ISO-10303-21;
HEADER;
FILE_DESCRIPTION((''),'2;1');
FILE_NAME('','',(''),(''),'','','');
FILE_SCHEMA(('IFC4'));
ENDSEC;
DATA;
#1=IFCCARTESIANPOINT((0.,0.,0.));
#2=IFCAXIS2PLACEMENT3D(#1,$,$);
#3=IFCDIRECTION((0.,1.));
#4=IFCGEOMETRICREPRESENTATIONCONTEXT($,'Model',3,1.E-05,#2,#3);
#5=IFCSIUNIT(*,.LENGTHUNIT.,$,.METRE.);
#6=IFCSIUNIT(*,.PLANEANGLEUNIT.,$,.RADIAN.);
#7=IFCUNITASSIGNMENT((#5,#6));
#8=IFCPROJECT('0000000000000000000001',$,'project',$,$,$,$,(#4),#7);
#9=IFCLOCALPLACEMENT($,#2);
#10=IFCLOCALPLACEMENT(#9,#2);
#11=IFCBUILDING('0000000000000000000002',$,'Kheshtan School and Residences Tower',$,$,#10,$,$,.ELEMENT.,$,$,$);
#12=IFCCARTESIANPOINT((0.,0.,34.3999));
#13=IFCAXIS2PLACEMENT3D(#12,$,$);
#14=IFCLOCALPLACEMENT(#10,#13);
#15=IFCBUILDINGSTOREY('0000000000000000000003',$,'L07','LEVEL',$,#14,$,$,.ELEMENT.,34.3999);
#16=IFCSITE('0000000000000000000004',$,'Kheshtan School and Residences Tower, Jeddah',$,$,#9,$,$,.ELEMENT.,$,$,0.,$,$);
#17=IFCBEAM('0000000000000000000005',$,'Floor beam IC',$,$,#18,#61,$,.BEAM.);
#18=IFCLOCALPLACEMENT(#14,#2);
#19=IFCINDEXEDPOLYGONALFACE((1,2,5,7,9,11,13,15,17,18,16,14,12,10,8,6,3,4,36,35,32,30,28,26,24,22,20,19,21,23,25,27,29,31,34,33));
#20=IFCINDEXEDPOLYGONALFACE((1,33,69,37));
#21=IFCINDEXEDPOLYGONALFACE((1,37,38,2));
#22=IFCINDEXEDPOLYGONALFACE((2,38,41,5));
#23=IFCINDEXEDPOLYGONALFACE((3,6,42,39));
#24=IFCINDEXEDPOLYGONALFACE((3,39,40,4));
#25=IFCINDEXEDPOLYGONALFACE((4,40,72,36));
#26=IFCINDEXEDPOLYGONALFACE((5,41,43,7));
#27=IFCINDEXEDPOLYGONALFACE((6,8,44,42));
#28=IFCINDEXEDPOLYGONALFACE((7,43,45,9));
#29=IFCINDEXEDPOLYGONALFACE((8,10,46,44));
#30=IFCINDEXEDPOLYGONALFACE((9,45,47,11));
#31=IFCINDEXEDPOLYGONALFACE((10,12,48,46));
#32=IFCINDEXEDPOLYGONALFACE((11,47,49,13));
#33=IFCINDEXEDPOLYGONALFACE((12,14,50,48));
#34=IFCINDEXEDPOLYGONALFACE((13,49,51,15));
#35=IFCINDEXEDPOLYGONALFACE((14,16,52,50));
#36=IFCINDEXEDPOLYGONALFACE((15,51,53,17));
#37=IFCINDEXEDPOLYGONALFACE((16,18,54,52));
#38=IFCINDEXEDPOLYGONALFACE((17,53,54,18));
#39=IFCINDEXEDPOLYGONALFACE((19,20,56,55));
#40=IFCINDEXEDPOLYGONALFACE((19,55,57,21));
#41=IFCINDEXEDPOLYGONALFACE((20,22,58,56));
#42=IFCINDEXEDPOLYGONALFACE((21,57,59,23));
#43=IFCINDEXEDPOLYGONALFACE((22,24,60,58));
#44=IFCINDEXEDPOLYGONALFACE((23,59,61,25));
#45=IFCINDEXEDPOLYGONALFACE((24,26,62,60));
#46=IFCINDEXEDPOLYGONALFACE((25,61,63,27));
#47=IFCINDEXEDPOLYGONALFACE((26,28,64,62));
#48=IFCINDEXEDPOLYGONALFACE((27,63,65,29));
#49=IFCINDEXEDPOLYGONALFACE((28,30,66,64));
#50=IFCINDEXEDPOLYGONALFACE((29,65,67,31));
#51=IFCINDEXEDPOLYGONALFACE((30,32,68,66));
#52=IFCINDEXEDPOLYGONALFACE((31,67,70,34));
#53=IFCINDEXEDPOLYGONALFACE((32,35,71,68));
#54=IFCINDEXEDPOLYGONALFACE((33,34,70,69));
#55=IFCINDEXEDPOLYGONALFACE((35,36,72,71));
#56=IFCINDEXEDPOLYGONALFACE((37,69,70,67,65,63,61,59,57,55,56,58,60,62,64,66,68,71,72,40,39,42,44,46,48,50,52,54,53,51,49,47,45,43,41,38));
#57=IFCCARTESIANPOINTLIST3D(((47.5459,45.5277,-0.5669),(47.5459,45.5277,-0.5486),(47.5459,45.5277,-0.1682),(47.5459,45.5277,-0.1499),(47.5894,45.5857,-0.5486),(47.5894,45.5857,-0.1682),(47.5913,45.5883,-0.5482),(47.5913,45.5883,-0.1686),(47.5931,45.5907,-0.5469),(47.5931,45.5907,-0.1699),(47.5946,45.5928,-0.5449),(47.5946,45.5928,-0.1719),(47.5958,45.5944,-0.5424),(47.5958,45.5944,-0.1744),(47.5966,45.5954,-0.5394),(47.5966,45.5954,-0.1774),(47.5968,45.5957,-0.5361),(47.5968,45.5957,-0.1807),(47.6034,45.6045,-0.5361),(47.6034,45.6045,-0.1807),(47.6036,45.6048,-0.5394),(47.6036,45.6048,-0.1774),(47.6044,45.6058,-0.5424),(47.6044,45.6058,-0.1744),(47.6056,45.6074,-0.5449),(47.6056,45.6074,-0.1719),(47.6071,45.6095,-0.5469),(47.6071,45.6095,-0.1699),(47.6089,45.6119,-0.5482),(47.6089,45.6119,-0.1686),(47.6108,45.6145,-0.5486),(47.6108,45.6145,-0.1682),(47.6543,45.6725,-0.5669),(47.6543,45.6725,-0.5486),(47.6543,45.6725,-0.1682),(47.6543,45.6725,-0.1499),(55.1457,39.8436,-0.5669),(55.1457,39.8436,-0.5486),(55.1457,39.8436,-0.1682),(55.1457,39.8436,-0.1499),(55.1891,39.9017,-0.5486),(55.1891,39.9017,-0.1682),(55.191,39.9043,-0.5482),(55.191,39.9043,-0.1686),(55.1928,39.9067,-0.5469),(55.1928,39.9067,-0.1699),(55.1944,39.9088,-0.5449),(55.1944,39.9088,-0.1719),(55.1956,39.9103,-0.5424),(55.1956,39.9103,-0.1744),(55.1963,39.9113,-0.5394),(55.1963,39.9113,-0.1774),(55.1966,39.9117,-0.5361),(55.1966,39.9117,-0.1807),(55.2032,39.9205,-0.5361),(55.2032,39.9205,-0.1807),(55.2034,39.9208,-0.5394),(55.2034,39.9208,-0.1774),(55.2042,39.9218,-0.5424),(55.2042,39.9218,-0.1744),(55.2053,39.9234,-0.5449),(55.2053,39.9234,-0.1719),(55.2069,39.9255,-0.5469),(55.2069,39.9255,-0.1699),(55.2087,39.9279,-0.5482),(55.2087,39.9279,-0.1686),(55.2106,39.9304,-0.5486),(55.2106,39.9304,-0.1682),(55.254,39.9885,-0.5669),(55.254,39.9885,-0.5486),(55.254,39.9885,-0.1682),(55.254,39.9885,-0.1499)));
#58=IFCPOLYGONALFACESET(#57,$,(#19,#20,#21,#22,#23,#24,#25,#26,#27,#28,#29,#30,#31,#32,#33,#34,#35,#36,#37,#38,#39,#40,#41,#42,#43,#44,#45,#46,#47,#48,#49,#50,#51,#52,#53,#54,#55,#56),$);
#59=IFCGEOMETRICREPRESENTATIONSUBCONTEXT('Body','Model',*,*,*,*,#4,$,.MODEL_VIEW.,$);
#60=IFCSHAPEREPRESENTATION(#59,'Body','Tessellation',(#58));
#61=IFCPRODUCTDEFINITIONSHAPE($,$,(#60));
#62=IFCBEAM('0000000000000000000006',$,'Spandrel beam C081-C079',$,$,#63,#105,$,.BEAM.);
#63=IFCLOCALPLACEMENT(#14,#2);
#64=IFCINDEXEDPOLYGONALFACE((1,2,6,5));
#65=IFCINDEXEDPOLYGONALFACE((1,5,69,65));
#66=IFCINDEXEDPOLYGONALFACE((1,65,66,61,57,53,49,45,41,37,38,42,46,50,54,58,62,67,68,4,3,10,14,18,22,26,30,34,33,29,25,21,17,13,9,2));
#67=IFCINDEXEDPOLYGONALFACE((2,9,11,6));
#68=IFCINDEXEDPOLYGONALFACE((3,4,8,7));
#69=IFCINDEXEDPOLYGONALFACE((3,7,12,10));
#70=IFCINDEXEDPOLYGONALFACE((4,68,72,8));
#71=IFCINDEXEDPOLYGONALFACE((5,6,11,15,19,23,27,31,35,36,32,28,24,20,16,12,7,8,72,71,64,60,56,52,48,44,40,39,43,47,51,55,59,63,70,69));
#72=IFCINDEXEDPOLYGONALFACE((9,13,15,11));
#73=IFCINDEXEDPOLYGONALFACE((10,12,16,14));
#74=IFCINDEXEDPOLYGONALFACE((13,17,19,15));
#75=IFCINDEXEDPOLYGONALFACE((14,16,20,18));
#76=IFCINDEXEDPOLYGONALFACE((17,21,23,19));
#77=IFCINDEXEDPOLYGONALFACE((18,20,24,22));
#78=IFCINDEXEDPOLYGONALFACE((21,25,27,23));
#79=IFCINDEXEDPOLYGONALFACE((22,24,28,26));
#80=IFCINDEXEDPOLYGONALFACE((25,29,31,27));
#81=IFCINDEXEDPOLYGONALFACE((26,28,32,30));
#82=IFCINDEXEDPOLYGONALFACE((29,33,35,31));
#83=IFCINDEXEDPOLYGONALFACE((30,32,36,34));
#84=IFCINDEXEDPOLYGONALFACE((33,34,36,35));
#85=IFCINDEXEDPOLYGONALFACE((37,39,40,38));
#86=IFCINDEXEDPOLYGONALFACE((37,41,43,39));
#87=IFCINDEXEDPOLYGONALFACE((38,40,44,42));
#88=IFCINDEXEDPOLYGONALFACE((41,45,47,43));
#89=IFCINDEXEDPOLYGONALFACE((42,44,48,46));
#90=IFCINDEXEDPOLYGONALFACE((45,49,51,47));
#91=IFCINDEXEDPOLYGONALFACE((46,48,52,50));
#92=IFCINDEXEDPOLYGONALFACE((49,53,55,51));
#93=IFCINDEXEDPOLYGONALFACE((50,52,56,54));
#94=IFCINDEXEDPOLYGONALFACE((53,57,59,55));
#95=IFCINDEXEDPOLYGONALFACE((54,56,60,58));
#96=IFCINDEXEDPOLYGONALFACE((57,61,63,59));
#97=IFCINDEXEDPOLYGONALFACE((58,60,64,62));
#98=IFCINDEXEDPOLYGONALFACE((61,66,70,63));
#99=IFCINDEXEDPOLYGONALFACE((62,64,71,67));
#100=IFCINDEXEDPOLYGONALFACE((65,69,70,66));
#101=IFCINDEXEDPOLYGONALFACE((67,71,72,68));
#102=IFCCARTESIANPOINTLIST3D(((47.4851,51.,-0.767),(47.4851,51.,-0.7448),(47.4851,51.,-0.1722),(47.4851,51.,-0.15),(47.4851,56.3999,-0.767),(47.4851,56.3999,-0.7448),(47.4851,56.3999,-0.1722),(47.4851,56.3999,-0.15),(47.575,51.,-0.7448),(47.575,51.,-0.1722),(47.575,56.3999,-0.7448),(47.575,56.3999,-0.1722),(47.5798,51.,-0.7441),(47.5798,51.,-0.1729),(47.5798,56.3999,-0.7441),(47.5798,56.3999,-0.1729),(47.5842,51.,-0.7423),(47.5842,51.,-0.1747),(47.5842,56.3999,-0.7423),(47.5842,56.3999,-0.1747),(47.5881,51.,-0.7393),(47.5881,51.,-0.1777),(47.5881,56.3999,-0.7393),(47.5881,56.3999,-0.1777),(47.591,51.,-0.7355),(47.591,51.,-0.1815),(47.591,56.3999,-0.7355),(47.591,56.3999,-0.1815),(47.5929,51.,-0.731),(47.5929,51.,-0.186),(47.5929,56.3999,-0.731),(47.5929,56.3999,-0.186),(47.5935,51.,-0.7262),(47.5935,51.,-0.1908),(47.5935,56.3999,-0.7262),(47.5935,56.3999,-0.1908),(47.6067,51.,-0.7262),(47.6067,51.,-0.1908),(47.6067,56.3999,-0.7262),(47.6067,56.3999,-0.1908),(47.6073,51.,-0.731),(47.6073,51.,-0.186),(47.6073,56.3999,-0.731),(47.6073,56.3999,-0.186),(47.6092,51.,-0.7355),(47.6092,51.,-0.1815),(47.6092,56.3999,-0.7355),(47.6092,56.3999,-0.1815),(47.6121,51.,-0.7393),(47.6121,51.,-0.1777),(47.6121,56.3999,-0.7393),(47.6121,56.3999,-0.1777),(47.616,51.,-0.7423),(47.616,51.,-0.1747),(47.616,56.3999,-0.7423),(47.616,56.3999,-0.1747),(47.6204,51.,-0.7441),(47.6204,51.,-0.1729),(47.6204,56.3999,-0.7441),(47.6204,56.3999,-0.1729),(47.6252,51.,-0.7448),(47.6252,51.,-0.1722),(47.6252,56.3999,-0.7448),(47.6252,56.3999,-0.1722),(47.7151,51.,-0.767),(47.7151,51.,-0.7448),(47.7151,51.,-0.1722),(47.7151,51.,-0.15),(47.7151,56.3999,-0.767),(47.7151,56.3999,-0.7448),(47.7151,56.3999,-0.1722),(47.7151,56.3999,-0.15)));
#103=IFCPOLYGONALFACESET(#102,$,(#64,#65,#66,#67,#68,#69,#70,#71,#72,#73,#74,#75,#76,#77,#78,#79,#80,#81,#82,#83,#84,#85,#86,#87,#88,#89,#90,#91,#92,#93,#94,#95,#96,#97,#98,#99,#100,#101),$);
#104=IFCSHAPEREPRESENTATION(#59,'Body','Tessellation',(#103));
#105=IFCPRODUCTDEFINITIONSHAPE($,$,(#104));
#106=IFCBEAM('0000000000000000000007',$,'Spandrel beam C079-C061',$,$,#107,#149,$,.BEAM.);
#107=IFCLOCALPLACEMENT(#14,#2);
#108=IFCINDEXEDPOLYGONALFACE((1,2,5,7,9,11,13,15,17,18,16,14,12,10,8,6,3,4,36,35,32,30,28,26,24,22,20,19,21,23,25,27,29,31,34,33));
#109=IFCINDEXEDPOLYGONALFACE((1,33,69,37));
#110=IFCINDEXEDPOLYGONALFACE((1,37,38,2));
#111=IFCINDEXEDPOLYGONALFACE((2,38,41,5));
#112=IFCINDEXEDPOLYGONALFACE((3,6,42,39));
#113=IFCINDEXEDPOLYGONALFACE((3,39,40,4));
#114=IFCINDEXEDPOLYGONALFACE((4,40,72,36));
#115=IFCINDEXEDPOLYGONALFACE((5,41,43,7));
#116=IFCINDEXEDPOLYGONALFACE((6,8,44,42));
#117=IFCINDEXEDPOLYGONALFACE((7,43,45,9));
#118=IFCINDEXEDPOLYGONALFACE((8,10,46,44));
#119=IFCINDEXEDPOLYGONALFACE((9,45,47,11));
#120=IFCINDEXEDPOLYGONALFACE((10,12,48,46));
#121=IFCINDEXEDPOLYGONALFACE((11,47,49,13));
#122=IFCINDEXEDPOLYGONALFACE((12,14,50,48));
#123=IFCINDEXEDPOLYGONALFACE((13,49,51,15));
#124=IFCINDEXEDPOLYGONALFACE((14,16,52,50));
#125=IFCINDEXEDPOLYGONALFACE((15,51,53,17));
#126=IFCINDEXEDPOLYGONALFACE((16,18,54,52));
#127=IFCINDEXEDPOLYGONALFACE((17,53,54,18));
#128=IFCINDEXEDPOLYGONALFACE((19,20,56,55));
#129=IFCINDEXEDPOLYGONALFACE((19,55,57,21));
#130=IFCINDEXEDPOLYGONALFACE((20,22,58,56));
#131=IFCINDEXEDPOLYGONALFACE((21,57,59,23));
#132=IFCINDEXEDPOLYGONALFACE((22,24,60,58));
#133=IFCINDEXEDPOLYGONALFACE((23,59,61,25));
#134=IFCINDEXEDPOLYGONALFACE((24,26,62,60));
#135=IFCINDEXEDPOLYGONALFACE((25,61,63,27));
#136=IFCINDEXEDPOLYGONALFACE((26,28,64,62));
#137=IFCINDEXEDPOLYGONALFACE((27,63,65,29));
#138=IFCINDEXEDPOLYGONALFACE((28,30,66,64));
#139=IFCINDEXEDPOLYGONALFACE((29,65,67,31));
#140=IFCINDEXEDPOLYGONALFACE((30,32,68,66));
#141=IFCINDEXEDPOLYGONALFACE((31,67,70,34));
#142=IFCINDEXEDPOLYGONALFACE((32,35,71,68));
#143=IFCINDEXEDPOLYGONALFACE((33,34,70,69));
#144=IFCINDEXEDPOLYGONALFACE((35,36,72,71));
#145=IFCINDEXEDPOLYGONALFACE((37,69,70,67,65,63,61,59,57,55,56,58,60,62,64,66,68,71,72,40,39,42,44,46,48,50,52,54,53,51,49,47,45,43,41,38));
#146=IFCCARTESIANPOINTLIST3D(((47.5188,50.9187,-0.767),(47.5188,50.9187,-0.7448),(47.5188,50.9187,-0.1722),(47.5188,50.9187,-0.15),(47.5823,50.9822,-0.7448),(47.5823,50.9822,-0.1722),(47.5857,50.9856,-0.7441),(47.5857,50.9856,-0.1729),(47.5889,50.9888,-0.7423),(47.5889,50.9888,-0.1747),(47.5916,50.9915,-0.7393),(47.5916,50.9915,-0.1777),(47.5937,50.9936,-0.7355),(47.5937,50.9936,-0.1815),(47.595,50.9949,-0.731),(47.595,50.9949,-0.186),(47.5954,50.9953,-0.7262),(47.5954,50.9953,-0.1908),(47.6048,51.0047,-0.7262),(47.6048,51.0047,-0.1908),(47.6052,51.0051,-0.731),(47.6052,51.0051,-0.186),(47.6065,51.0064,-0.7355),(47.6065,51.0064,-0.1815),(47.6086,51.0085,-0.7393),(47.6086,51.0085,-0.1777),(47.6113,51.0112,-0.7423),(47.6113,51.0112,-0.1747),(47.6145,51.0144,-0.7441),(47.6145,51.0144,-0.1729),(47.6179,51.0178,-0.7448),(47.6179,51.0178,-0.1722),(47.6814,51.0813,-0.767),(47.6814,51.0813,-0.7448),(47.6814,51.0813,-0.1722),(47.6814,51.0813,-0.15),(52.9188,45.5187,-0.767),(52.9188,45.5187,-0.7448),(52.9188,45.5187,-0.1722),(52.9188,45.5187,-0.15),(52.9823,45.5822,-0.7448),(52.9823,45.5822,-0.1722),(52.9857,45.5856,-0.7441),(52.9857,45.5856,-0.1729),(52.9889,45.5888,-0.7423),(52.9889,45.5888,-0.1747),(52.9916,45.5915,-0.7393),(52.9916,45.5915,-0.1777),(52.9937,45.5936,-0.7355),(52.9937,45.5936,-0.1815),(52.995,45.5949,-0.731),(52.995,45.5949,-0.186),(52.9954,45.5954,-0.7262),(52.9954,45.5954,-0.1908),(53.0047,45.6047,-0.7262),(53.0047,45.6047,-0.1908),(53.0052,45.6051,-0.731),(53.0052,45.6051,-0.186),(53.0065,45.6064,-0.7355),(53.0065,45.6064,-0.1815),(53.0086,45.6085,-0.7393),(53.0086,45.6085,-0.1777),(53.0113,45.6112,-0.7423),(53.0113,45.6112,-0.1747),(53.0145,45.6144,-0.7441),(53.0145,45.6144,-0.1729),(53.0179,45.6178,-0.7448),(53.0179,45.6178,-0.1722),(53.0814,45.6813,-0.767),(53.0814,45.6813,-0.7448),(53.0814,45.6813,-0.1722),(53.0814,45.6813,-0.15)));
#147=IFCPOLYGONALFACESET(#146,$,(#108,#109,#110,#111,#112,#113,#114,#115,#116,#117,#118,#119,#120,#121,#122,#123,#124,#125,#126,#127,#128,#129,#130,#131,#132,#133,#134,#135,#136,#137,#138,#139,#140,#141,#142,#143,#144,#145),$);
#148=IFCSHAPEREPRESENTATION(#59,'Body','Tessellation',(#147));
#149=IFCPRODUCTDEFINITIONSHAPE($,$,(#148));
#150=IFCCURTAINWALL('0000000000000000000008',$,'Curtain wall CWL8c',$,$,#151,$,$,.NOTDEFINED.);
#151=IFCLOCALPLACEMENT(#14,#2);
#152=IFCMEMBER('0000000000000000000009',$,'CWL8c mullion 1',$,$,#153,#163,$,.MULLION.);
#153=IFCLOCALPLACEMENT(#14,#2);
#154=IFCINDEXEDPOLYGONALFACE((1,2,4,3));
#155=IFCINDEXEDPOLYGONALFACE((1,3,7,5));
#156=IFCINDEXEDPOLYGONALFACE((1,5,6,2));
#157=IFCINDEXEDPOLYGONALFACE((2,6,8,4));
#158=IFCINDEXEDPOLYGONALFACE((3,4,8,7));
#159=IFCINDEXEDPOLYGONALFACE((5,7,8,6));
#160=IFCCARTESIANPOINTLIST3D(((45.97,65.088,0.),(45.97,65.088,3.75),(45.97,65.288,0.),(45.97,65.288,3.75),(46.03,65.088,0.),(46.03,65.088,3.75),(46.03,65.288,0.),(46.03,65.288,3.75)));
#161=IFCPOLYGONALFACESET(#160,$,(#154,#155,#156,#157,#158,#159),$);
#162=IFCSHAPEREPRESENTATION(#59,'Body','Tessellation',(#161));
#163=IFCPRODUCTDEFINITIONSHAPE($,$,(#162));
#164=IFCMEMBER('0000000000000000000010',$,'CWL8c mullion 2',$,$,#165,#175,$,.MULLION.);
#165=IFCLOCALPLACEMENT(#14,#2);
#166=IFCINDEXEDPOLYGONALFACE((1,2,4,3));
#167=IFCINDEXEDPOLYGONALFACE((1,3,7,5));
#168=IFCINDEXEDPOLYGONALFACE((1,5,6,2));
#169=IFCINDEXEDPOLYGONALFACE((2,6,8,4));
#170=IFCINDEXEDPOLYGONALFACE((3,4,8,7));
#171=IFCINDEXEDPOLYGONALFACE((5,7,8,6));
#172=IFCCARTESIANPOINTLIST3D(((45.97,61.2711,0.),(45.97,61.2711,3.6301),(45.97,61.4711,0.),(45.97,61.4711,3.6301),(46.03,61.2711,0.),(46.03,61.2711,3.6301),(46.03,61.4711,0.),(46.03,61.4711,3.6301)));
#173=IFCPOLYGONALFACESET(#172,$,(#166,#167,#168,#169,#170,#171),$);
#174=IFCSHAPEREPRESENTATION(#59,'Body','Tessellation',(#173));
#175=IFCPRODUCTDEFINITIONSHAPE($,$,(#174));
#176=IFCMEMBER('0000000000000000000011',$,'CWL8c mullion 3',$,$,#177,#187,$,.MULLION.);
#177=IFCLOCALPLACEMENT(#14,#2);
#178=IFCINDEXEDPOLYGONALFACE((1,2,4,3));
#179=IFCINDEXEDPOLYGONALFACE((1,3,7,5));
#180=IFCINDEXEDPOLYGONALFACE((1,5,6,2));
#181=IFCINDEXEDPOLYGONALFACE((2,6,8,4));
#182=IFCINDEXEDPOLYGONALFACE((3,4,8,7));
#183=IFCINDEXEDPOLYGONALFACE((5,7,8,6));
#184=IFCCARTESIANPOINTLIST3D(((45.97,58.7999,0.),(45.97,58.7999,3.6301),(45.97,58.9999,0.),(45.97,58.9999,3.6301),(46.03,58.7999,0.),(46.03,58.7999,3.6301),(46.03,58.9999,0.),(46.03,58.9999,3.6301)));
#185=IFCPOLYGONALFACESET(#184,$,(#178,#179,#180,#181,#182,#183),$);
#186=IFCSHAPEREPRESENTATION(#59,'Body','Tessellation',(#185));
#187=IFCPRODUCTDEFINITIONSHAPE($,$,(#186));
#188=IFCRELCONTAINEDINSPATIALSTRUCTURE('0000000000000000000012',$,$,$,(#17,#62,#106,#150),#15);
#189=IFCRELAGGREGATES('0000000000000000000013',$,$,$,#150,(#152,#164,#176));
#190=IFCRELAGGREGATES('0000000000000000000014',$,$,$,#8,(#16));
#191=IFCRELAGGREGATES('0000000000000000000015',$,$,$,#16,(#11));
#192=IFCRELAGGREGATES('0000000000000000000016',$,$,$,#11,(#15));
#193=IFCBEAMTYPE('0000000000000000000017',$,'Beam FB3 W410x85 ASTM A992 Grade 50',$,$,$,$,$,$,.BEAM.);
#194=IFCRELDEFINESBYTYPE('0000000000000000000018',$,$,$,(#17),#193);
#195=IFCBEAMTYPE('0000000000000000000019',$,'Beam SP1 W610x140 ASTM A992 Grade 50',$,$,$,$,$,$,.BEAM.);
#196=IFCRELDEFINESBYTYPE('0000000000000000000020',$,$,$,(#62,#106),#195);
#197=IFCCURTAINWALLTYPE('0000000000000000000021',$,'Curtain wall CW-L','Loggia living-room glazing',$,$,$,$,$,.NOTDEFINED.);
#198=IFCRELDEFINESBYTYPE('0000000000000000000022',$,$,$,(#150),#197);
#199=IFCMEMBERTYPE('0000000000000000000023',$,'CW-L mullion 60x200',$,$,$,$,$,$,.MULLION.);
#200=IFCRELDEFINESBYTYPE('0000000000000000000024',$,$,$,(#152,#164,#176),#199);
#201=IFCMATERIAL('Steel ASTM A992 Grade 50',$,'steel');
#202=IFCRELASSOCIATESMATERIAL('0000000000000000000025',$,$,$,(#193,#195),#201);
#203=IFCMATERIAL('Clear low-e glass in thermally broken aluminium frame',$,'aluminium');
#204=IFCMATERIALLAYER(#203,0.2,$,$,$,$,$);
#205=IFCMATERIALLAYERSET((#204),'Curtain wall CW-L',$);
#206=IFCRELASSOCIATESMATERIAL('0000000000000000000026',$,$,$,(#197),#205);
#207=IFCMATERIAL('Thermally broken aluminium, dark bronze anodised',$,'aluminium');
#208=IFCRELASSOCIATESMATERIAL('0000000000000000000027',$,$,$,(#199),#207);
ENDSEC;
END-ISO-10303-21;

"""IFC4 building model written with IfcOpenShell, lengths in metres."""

from ifc_helpers import new_model, si_unit, direction, frame, origin, origin_2d, place, context, subcontext, project, spatial, rectangle, i_section, extrude, material, layer, layer_set, material_profile, profile_set, type_object, element, aggregate, save


model = new_model("IFC4")

# Units and contexts
model_context = context("Model", 3, precision=1e-05, world=origin(), true_north=direction((0.0, 1.0)))
body_context = subcontext(model_context, "Body", "Model", "MODEL_VIEW")
ifc_project = project(units=[si_unit("LENGTHUNIT", "METRE"), si_unit("PLANEANGLEUNIT", "RADIAN")], contexts=[model_context])

# Site, building, storey
site_placement = place(None, origin())
site = spatial("IfcSite", under=ifc_project, at=site_placement, Name="Kheshtan School and Residences Tower, Jeddah", CompositionType="ELEMENT", RefElevation=0.0)
building_placement = place(site_placement, origin())
building = spatial("IfcBuilding", under=site, at=building_placement, Name="Kheshtan School and Residences Tower", CompositionType="ELEMENT")
storey_placement = place(building_placement, frame((0.0, 0.0, 34.3999)))
storey = spatial("IfcBuildingStorey", under=building, at=storey_placement, Name="L07", Description="LEVEL", CompositionType="ELEMENT", Elevation=34.3999)

# Shared definitions
ifc_material_1 = material(Name="Steel ASTM A992 Grade 50", Category="steel")

# Beams
ifc_material_profile_1 = material_profile(ifc_material_1, i_section(OverallWidth=0.1809, OverallDepth=0.417, WebThickness=0.011, FlangeThickness=0.0183, FilletRadius=0.0125, at=origin_2d()), Name="W410x85")
ifc_profile_set_1 = profile_set([ifc_material_profile_1], Name="Steel ASTM A992 Grade 50")
beam_type_1 = type_object("IfcBeamType", Name="Beam FB3 W410x85 ASTM A992 Grade 50", PredefinedType="BEAM", material=ifc_profile_set_1)
beam_1_placement = place(storey_placement, frame((47.6001, 45.6001, -0.3584), z_axis=(0.800799, -0.598933, 0.0), x_axis=(0.598933, 0.800799, 0.0)))
element("IfcBeam", 1, at=beam_1_placement, inside=storey, type_object=beam_type_1, Name="Floor beam IC", PredefinedType="BEAM", context=body_context, shape_type="SweptSolid", body=[
    extrude(i_section(OverallWidth=0.1809, OverallDepth=0.417, WebThickness=0.011, FlangeThickness=0.0183, FilletRadius=0.0125, at=origin_2d()), origin(), (0.0, 0.0, 1.0), 9.4902),
])
ifc_material_profile_2 = material_profile(ifc_material_1, i_section(OverallWidth=0.23, OverallDepth=0.6169, WebThickness=0.0132, FlangeThickness=0.0222, FilletRadius=0.0186, at=origin_2d()), Name="W610x140")
ifc_profile_set_2 = profile_set([ifc_material_profile_2], Name="Steel ASTM A992 Grade 50")
beam_type_2 = type_object("IfcBeamType", Name="Beam SP1 W610x140 ASTM A992 Grade 50", PredefinedType="BEAM", material=ifc_profile_set_2)
beam_2_placement = place(storey_placement, frame((47.6001, 56.3999, -0.4585), z_axis=(0.0, -1.0, 0.0), x_axis=(1.0, 0.0, 0.0)))
element("IfcBeam", 2, at=beam_2_placement, inside=storey, type_object=beam_type_2, Name="Spandrel beam C081-C079", PredefinedType="BEAM", context=body_context, shape_type="SweptSolid", body=[
    extrude(i_section(OverallWidth=0.23, OverallDepth=0.6169, WebThickness=0.0132, FlangeThickness=0.0222, FilletRadius=0.0186, at=origin_2d()), origin(), (0.0, 0.0, 1.0), 5.3999),
])
beam_3_placement = place(storey_placement, frame((47.6001, 51.0, -0.4585), z_axis=(0.707107, -0.707107, 0.0), x_axis=(0.707107, 0.707107, 0.0)))
element("IfcBeam", 3, at=beam_3_placement, inside=storey, type_object=beam_type_2, Name="Spandrel beam C079-C061", PredefinedType="BEAM", context=body_context, shape_type="SweptSolid", body=[
    extrude(i_section(OverallWidth=0.23, OverallDepth=0.6169, WebThickness=0.0132, FlangeThickness=0.0222, FilletRadius=0.0186, at=origin_2d()), origin(), (0.0, 0.0, 1.0), 7.6367),
])

# Curtain wall, members
ifc_material_2 = material(Name="Clear low-e glass in thermally broken aluminium frame", Category="aluminium")
ifc_layer_1 = layer(ifc_material_2, 0.2)
ifc_layer_set_1 = layer_set([ifc_layer_1], Name="Curtain wall CW-L")
curtain_wall_type = type_object("IfcCurtainWallType", Name="Curtain wall CW-L", Description="Loggia living-room glazing", PredefinedType="NOTDEFINED", material=ifc_layer_set_1)
curtain_wall_1_placement = place(storey_placement, origin())
curtain_wall_1 = element("IfcCurtainWall", 4, at=curtain_wall_1_placement, inside=storey, type_object=curtain_wall_type, Name="Curtain wall CWL8c", PredefinedType="NOTDEFINED")
ifc_material_3 = material(Name="Thermally broken aluminium, dark bronze anodised", Category="aluminium")
ifc_material_profile_3 = material_profile(ifc_material_3, rectangle(XDim=0.0601, YDim=0.2, at=origin_2d()), Name="CW-L mullion 60x200")
ifc_profile_set_3 = profile_set([ifc_material_profile_3], Name="Thermally broken aluminium, dark bronze anodised")
member_type_1 = type_object("IfcMemberType", Name="CW-L mullion 60x200", PredefinedType="MULLION", material=ifc_profile_set_3)
member_1_placement = place(storey_placement, frame((46.0, 65.188, 0.0), z_axis=(0.0, 0.0, 1.0), x_axis=(1.0, 0.0, 0.0)))
member_1 = element("IfcMember", 5, at=member_1_placement, type_object=member_type_1, Name="CWL8c mullion 1", PredefinedType="MULLION", context=body_context, shape_type="SweptSolid", body=[
    extrude(rectangle(XDim=0.0601, YDim=0.2, at=origin_2d()), origin(), (0.0, 0.0, 1.0), 3.75),
])
member_2_placement = place(storey_placement, frame((46.0, 61.3711, 0.0), z_axis=(0.0, 0.0, 1.0), x_axis=(1.0, 0.0, 0.0)))
member_2 = element("IfcMember", 6, at=member_2_placement, type_object=member_type_1, Name="CWL8c mullion 2", PredefinedType="MULLION", context=body_context, shape_type="SweptSolid", body=[
    extrude(rectangle(XDim=0.0601, YDim=0.2, at=origin_2d()), origin(), (0.0, 0.0, 1.0), 3.6301),
])
member_3_placement = place(storey_placement, frame((46.0, 58.8999, 0.0), z_axis=(0.0, 0.0, 1.0), x_axis=(1.0, 0.0, 0.0)))
member_3 = element("IfcMember", 7, at=member_3_placement, type_object=member_type_1, Name="CWL8c mullion 3", PredefinedType="MULLION", context=body_context, shape_type="SweptSolid", body=[
    extrude(rectangle(XDim=0.0601, YDim=0.2, at=origin_2d()), origin(), (0.0, 0.0, 1.0), 3.6301),
])

aggregate(curtain_wall_1, [member_1, member_2, member_3])

save(model, "model.ifc")
